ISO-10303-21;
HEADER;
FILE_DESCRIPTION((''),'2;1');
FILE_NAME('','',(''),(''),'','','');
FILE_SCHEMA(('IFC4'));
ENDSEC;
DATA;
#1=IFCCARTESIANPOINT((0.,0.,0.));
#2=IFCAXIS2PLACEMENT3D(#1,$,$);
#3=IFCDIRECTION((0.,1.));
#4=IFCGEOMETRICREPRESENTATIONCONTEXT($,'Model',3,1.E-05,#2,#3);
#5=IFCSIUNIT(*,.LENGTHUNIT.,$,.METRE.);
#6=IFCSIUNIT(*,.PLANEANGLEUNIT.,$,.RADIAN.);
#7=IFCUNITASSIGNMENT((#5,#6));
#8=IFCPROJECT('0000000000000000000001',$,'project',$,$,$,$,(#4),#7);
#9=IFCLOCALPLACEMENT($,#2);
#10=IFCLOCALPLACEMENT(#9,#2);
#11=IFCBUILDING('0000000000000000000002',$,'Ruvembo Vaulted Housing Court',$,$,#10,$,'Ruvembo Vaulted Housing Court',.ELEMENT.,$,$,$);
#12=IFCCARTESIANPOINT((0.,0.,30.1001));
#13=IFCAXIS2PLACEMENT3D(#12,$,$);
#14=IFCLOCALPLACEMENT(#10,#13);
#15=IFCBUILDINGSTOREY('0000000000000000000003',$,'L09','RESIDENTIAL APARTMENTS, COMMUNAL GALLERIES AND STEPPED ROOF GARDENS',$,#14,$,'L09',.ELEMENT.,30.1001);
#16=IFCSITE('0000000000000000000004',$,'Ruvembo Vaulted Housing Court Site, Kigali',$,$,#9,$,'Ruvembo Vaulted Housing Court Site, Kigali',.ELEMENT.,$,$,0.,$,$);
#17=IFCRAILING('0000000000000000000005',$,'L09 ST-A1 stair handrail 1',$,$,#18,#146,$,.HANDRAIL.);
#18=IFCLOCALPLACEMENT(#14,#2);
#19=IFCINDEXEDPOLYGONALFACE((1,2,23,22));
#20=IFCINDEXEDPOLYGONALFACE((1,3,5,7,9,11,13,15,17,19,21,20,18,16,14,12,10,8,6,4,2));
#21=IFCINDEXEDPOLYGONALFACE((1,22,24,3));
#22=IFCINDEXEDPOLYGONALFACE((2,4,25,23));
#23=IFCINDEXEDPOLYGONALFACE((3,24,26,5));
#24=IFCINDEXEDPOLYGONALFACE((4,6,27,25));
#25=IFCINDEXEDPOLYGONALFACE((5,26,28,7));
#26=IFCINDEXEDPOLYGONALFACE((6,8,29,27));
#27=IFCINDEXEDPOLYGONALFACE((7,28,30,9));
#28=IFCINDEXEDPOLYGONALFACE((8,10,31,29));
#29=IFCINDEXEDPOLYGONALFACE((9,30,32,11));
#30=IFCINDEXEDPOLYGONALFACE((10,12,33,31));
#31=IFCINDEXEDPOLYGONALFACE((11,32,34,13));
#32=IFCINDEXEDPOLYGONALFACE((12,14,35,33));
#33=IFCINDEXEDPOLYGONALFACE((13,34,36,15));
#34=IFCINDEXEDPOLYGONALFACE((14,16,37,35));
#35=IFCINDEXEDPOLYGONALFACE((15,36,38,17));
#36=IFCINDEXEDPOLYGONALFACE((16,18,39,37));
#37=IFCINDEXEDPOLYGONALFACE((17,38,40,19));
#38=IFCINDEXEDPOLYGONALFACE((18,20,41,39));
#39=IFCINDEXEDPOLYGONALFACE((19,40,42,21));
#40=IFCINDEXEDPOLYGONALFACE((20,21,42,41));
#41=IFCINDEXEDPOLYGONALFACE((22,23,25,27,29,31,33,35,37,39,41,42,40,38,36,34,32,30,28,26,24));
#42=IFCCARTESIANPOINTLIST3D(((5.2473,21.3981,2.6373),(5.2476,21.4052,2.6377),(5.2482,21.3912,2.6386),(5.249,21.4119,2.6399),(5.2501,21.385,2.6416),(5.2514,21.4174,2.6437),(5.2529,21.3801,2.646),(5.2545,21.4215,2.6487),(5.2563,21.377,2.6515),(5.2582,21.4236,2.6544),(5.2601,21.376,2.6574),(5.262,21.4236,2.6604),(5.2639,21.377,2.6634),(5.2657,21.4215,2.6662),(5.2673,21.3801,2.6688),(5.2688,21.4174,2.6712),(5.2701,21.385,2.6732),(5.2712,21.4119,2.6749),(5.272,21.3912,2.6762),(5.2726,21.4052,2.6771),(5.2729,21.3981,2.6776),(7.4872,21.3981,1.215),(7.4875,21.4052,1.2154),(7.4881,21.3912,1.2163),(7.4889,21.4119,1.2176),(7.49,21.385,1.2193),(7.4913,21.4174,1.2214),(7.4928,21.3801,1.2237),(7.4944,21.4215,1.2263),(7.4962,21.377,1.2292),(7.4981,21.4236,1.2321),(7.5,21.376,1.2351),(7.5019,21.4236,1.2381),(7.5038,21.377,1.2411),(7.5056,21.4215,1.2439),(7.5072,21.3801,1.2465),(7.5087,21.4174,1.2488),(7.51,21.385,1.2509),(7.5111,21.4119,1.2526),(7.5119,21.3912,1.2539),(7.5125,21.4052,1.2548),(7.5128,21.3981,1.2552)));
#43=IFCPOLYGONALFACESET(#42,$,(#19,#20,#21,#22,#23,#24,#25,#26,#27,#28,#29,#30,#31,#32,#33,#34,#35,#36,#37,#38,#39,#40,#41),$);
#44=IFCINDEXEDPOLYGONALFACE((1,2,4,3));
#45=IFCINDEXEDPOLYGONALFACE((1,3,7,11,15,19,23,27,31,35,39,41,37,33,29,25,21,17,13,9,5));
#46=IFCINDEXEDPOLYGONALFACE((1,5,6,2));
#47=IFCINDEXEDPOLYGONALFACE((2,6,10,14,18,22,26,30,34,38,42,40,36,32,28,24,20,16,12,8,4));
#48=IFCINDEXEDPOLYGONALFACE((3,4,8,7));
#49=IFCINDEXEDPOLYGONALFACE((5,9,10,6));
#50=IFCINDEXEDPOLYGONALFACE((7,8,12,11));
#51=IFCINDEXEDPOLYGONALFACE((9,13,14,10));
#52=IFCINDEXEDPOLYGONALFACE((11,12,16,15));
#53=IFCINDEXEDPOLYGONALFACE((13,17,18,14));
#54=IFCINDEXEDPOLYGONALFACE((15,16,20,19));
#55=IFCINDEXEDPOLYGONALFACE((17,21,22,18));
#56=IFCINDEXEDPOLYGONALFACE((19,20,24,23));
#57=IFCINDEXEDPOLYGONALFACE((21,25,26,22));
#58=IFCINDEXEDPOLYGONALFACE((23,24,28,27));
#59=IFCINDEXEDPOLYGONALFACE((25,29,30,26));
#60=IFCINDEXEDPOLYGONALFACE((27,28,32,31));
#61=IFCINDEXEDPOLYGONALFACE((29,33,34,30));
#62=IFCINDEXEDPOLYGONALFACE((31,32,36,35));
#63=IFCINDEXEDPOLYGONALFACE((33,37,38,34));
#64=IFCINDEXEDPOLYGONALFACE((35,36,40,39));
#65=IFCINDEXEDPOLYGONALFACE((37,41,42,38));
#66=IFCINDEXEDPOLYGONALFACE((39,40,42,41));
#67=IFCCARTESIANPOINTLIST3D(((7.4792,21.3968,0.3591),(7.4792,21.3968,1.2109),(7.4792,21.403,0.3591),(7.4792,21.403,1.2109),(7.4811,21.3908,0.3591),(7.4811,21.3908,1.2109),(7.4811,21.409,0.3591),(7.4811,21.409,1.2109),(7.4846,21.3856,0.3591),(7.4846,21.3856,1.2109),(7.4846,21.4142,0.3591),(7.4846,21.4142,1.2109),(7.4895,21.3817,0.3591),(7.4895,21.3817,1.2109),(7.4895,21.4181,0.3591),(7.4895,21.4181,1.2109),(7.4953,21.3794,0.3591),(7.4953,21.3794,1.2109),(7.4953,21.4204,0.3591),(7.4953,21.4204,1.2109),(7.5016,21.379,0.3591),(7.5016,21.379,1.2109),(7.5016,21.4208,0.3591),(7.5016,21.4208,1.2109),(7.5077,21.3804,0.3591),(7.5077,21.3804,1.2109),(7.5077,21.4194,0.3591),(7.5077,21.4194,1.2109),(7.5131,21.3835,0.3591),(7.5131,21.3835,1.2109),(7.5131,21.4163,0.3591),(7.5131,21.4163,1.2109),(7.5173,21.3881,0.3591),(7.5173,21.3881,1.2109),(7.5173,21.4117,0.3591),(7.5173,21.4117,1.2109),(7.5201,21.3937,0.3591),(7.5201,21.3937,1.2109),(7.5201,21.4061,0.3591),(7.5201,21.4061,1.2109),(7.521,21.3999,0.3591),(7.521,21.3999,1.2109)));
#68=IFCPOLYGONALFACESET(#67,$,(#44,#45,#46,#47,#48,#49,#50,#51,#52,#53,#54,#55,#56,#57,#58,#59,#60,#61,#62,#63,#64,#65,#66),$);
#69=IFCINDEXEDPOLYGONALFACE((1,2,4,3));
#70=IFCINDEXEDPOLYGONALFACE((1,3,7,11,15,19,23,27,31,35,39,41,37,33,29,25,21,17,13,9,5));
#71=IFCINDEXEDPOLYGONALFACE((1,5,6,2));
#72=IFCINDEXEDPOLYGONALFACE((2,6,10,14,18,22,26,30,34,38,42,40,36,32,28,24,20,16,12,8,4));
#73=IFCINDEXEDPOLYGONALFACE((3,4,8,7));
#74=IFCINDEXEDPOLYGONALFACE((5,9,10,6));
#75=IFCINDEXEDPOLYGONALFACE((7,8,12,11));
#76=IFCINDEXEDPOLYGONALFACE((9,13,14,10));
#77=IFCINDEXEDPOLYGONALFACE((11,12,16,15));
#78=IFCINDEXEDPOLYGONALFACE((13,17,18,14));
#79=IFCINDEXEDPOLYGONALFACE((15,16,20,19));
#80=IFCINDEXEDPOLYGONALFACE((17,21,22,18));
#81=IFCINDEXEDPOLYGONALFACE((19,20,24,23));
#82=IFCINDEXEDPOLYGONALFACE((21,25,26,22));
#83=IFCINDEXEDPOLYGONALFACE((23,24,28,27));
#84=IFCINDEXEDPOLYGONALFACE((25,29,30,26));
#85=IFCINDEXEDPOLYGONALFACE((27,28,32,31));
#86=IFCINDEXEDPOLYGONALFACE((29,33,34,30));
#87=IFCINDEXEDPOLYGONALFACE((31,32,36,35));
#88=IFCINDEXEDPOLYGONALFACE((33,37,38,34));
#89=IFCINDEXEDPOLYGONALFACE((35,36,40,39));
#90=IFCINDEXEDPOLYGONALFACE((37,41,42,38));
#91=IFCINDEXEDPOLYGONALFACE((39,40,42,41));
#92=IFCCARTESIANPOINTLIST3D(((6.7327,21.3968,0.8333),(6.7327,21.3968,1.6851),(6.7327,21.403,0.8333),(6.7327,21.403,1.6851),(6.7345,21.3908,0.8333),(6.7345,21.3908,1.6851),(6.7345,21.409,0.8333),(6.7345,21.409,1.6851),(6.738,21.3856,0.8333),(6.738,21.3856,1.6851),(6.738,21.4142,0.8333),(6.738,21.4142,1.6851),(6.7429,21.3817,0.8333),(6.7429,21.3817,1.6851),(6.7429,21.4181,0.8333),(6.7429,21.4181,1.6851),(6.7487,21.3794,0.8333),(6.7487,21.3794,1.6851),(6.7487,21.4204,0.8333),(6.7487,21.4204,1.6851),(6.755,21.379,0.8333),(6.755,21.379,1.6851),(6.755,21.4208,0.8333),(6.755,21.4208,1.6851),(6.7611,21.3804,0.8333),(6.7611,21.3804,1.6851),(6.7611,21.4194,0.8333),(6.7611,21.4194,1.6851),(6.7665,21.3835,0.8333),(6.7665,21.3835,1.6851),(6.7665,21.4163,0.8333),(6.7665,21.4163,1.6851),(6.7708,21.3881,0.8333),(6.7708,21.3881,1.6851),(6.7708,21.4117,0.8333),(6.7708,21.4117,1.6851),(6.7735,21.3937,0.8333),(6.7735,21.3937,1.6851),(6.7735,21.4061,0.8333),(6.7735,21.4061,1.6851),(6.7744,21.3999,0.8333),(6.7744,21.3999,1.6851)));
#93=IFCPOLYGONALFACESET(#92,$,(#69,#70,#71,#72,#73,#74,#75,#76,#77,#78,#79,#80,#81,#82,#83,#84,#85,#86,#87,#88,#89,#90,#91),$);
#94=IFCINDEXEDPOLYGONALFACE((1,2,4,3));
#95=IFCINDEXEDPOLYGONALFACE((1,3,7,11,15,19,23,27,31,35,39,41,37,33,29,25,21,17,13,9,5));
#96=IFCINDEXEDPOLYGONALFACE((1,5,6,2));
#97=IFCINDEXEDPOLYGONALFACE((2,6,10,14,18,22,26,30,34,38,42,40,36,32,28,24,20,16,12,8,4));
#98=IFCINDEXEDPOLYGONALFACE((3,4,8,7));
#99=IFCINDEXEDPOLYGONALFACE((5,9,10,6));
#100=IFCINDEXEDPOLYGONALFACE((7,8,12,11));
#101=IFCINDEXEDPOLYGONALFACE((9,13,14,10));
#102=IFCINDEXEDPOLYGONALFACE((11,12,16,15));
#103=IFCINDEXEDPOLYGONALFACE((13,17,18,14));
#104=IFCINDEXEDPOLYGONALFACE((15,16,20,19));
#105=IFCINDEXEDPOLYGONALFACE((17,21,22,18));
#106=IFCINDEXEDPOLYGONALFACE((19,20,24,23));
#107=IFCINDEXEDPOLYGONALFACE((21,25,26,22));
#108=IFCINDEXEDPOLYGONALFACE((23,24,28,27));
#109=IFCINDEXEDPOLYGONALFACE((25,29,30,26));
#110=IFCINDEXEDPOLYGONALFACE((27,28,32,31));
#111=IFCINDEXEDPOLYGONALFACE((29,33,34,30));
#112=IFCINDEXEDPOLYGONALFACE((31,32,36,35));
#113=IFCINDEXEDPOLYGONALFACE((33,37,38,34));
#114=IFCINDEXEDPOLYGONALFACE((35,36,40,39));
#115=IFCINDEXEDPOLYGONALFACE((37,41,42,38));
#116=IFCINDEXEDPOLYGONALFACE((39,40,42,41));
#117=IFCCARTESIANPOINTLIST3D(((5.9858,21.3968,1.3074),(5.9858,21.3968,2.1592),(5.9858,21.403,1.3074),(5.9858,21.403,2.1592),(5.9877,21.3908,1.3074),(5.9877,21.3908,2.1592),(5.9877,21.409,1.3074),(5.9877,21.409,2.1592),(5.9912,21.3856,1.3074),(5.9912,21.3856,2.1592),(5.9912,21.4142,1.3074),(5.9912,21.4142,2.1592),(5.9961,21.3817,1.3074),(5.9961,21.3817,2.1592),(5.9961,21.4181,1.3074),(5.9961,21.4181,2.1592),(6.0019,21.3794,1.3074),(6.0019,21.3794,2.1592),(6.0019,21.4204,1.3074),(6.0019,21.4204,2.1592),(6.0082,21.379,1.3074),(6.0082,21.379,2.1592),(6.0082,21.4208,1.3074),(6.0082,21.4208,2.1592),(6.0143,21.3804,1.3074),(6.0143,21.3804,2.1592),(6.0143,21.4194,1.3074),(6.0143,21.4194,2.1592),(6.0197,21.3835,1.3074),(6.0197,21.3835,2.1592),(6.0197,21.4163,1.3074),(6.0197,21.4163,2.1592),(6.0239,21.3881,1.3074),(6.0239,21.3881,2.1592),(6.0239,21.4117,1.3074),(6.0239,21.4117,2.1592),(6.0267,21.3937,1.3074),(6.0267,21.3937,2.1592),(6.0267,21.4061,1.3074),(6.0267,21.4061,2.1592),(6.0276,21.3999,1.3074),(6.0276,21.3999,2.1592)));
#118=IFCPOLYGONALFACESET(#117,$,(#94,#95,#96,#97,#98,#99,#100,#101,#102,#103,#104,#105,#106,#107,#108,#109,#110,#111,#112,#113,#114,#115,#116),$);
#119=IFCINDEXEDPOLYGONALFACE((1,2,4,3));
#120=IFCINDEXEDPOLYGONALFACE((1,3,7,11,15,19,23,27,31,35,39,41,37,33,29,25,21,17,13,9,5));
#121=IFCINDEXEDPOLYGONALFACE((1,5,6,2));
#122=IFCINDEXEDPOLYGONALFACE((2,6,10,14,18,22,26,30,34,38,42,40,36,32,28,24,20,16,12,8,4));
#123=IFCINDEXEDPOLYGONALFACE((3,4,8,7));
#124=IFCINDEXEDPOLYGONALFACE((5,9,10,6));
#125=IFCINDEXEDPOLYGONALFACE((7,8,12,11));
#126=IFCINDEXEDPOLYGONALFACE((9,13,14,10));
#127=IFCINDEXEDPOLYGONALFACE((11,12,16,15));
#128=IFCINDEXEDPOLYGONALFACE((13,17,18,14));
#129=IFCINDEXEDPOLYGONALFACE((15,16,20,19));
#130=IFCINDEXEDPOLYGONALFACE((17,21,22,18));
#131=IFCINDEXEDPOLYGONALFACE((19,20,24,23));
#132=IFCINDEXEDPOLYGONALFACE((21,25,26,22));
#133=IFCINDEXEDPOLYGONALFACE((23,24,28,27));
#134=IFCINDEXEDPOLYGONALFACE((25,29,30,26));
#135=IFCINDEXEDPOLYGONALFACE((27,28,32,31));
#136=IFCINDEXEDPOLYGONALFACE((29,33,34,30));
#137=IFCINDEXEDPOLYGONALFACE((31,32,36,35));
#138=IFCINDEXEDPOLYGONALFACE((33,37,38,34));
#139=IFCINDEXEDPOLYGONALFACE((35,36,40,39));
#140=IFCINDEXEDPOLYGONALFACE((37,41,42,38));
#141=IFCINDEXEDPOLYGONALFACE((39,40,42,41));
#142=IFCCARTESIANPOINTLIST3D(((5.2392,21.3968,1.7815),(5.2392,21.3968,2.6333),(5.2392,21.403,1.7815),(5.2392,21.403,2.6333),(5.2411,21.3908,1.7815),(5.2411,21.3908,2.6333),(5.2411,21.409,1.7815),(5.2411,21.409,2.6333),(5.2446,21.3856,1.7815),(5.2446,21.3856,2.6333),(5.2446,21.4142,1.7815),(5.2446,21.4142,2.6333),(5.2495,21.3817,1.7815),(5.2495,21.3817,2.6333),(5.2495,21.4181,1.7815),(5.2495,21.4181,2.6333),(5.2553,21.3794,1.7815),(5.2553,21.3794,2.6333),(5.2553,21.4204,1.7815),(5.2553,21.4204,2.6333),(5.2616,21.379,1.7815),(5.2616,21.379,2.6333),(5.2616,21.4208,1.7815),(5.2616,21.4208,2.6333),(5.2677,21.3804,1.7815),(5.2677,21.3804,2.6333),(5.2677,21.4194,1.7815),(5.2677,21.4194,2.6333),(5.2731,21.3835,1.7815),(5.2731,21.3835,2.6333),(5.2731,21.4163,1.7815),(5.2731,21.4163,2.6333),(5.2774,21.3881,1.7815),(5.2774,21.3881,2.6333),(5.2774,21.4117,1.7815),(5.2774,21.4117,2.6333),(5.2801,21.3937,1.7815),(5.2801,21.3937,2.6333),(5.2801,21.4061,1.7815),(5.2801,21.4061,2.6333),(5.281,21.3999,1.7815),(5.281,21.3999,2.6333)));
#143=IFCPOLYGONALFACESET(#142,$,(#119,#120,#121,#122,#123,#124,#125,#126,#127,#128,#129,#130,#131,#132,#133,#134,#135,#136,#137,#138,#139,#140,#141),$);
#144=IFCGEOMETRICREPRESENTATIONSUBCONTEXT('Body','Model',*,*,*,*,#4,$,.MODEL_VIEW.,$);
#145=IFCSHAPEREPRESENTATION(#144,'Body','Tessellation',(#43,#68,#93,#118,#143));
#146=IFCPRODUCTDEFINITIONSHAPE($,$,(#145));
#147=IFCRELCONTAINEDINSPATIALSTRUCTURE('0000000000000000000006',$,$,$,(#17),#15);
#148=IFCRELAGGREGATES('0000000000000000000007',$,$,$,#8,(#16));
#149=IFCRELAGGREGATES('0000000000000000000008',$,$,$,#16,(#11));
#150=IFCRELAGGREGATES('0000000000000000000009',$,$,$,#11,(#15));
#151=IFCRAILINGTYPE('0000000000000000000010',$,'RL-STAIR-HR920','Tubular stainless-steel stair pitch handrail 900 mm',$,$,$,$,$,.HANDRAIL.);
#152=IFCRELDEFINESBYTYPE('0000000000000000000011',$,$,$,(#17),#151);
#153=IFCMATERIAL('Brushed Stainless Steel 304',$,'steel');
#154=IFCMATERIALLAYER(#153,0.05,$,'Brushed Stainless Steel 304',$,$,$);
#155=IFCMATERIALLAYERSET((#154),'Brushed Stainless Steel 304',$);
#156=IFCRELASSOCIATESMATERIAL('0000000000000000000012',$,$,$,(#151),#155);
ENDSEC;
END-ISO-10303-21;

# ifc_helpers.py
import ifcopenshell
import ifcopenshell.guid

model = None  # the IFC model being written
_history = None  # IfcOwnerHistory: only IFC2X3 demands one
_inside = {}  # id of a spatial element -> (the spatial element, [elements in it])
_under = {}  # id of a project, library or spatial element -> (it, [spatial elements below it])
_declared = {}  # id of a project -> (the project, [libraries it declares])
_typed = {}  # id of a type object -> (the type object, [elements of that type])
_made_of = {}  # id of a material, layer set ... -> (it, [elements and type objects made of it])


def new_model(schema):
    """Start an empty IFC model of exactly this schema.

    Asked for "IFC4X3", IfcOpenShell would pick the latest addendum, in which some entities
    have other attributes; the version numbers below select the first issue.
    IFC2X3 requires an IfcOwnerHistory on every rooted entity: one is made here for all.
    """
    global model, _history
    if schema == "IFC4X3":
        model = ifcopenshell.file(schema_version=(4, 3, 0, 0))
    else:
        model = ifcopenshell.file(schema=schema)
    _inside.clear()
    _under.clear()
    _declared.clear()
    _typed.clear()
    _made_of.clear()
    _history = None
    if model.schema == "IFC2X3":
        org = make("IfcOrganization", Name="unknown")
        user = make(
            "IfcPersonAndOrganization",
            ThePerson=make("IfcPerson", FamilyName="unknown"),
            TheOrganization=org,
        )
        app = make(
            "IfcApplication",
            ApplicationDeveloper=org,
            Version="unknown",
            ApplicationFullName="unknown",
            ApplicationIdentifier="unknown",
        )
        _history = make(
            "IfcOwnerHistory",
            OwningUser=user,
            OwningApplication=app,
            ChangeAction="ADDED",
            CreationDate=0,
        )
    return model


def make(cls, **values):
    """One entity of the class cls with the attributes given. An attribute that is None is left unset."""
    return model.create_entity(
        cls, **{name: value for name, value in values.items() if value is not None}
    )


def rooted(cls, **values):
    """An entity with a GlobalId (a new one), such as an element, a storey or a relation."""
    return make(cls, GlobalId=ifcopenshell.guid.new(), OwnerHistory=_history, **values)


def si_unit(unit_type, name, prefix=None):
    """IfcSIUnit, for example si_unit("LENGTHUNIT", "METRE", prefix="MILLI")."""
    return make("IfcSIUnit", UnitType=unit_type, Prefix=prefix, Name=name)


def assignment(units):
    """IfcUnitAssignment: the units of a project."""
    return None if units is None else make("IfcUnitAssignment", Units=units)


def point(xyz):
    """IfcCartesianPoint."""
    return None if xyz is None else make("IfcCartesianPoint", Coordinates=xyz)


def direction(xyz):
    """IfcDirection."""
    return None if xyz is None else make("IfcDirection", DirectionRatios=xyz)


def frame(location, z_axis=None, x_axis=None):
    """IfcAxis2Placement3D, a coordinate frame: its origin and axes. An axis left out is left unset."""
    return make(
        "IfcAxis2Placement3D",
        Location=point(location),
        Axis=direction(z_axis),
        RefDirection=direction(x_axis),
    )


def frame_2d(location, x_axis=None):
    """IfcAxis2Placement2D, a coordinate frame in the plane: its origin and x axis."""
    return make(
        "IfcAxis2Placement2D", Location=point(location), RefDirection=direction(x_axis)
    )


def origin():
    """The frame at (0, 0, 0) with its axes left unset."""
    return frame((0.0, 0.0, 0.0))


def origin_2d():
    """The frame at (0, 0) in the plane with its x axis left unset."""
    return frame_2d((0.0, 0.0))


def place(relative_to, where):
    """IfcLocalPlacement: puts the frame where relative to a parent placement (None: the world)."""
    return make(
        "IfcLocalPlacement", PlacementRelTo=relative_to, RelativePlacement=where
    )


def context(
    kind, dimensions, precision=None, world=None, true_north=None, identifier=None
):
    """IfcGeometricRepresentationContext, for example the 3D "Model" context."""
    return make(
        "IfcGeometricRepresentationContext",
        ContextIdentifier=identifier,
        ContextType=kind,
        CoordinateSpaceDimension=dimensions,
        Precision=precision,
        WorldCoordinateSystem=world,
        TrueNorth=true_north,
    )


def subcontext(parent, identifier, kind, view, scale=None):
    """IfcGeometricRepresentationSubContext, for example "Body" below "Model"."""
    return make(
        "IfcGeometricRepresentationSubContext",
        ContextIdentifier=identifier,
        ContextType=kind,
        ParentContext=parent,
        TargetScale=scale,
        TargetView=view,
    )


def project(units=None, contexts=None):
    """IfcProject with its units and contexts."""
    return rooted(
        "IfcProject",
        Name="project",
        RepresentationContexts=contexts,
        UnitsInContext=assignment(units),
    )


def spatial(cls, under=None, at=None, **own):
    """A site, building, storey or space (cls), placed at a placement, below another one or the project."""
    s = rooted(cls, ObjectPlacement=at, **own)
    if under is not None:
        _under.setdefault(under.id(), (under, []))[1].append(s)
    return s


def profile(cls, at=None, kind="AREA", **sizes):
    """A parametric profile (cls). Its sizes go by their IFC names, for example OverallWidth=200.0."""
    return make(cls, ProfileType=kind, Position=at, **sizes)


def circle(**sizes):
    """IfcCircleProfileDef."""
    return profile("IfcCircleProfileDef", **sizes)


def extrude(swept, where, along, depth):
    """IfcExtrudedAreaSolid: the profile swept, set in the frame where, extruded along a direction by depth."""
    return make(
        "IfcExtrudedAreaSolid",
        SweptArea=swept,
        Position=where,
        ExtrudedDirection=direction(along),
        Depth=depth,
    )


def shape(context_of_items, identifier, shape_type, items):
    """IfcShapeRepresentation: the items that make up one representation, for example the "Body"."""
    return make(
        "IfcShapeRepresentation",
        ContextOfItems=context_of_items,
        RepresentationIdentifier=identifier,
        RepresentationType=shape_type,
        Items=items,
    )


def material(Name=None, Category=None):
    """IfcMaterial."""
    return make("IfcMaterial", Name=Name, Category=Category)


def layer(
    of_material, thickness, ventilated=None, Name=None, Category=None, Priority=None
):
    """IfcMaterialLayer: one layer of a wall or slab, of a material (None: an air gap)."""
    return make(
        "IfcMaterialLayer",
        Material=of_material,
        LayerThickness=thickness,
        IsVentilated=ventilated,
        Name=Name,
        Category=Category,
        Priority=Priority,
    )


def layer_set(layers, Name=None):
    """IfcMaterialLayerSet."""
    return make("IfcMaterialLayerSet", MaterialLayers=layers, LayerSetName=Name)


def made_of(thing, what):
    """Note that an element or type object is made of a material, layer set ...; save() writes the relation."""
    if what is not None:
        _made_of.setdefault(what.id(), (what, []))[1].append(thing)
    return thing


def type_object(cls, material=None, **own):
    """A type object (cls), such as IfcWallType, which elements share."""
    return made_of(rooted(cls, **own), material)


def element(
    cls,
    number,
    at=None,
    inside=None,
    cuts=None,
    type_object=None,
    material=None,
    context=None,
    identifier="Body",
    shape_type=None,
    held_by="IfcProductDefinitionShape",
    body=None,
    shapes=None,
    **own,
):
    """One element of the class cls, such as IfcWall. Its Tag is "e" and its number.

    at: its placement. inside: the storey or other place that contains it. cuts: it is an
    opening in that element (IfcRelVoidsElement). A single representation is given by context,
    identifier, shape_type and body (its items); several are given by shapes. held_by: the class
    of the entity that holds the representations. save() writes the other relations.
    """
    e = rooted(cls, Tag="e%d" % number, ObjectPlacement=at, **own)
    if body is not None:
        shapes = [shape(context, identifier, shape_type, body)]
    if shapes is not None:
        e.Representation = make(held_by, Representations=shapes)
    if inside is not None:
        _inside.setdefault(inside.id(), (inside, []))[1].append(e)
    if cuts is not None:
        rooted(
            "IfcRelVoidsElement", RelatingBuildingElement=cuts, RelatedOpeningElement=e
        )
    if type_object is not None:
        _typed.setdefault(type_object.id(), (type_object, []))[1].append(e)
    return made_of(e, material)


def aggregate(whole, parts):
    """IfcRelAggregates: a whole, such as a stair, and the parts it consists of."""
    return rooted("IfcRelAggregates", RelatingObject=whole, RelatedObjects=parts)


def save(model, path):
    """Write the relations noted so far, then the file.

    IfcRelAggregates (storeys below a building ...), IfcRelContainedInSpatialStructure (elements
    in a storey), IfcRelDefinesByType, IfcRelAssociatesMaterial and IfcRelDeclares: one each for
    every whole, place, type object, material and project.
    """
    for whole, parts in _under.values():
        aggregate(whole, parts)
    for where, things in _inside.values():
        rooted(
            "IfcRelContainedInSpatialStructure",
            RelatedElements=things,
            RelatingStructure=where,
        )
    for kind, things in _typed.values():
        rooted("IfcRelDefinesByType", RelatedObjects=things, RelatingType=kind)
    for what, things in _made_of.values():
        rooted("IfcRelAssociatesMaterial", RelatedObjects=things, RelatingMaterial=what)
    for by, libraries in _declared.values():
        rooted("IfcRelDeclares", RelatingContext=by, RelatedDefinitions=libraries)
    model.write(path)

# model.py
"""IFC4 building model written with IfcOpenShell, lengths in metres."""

from ifc_helpers import new_model, si_unit, direction, frame, origin, origin_2d, place, context, subcontext, project, spatial, circle, extrude, material, layer, layer_set, type_object, element, save


model = new_model("IFC4")

# Units and contexts
model_context = context("Model", 3, precision=1e-05, world=origin(), true_north=direction((0.0, 1.0)))
body_context = subcontext(model_context, "Body", "Model", "MODEL_VIEW")
ifc_project = project(units=[si_unit("LENGTHUNIT", "METRE"), si_unit("PLANEANGLEUNIT", "RADIAN")], contexts=[model_context])

# Site, building, storey
site_placement = place(None, origin())
site = spatial("IfcSite", under=ifc_project, at=site_placement, Name="Ruvembo Vaulted Housing Court Site, Kigali", LongName="Ruvembo Vaulted Housing Court Site, Kigali", CompositionType="ELEMENT", RefElevation=0.0)
building_placement = place(site_placement, origin())
building = spatial("IfcBuilding", under=site, at=building_placement, Name="Ruvembo Vaulted Housing Court", LongName="Ruvembo Vaulted Housing Court", CompositionType="ELEMENT")
storey_placement = place(building_placement, frame((0.0, 0.0, 30.1001)))
storey = spatial("IfcBuildingStorey", under=building, at=storey_placement, Name="L09", Description="RESIDENTIAL APARTMENTS, COMMUNAL GALLERIES AND STEPPED ROOF GARDENS", LongName="L09", CompositionType="ELEMENT", Elevation=30.1001)

# Shared definitions
ifc_material_1 = material(Name="Brushed Stainless Steel 304", Category="steel")

# Railing
ifc_layer_1 = layer(ifc_material_1, 0.05, Name="Brushed Stainless Steel 304")
ifc_layer_set_1 = layer_set([ifc_layer_1], Name="Brushed Stainless Steel 304")
railing_type_1 = type_object("IfcRailingType", Name="RL-STAIR-HR920", Description="Tubular stainless-steel stair pitch handrail 900 mm", PredefinedType="HANDRAIL", material=ifc_layer_set_1)
railing_1_placement = place(storey_placement, frame((7.5, 21.3999, 0.3591)))
element("IfcRailing", 1, at=railing_1_placement, inside=storey, type_object=railing_type_1, Name="L09 ST-A1 stair handrail 1", PredefinedType="HANDRAIL", context=body_context, shape_type="SweptSolid", body=[
    extrude(circle(Radius=0.0239, at=origin_2d()), frame((0.0, 0.0, 0.876), z_axis=(-0.844188, 0.0, 0.536048), x_axis=(0.0, -1.0, 0.0)), (0.0, 0.0, 1.0), 2.6533),
    extrude(circle(Radius=0.021, at=origin_2d()), origin(), (0.0, 0.0, 1.0), 0.8518),
    extrude(circle(Radius=0.021, at=origin_2d()), frame((-0.7466, 0.0, 0.4741)), (0.0, 0.0, 1.0), 0.8518),
    extrude(circle(Radius=0.021, at=origin_2d()), frame((-1.4934, 0.0, 0.9482)), (0.0, 0.0, 1.0), 0.8518),
    extrude(circle(Radius=0.021, at=origin_2d()), frame((-2.24, 0.0, 1.4224)), (0.0, 0.0, 1.0), 0.8518),
])

save(model, "model.ifc")
